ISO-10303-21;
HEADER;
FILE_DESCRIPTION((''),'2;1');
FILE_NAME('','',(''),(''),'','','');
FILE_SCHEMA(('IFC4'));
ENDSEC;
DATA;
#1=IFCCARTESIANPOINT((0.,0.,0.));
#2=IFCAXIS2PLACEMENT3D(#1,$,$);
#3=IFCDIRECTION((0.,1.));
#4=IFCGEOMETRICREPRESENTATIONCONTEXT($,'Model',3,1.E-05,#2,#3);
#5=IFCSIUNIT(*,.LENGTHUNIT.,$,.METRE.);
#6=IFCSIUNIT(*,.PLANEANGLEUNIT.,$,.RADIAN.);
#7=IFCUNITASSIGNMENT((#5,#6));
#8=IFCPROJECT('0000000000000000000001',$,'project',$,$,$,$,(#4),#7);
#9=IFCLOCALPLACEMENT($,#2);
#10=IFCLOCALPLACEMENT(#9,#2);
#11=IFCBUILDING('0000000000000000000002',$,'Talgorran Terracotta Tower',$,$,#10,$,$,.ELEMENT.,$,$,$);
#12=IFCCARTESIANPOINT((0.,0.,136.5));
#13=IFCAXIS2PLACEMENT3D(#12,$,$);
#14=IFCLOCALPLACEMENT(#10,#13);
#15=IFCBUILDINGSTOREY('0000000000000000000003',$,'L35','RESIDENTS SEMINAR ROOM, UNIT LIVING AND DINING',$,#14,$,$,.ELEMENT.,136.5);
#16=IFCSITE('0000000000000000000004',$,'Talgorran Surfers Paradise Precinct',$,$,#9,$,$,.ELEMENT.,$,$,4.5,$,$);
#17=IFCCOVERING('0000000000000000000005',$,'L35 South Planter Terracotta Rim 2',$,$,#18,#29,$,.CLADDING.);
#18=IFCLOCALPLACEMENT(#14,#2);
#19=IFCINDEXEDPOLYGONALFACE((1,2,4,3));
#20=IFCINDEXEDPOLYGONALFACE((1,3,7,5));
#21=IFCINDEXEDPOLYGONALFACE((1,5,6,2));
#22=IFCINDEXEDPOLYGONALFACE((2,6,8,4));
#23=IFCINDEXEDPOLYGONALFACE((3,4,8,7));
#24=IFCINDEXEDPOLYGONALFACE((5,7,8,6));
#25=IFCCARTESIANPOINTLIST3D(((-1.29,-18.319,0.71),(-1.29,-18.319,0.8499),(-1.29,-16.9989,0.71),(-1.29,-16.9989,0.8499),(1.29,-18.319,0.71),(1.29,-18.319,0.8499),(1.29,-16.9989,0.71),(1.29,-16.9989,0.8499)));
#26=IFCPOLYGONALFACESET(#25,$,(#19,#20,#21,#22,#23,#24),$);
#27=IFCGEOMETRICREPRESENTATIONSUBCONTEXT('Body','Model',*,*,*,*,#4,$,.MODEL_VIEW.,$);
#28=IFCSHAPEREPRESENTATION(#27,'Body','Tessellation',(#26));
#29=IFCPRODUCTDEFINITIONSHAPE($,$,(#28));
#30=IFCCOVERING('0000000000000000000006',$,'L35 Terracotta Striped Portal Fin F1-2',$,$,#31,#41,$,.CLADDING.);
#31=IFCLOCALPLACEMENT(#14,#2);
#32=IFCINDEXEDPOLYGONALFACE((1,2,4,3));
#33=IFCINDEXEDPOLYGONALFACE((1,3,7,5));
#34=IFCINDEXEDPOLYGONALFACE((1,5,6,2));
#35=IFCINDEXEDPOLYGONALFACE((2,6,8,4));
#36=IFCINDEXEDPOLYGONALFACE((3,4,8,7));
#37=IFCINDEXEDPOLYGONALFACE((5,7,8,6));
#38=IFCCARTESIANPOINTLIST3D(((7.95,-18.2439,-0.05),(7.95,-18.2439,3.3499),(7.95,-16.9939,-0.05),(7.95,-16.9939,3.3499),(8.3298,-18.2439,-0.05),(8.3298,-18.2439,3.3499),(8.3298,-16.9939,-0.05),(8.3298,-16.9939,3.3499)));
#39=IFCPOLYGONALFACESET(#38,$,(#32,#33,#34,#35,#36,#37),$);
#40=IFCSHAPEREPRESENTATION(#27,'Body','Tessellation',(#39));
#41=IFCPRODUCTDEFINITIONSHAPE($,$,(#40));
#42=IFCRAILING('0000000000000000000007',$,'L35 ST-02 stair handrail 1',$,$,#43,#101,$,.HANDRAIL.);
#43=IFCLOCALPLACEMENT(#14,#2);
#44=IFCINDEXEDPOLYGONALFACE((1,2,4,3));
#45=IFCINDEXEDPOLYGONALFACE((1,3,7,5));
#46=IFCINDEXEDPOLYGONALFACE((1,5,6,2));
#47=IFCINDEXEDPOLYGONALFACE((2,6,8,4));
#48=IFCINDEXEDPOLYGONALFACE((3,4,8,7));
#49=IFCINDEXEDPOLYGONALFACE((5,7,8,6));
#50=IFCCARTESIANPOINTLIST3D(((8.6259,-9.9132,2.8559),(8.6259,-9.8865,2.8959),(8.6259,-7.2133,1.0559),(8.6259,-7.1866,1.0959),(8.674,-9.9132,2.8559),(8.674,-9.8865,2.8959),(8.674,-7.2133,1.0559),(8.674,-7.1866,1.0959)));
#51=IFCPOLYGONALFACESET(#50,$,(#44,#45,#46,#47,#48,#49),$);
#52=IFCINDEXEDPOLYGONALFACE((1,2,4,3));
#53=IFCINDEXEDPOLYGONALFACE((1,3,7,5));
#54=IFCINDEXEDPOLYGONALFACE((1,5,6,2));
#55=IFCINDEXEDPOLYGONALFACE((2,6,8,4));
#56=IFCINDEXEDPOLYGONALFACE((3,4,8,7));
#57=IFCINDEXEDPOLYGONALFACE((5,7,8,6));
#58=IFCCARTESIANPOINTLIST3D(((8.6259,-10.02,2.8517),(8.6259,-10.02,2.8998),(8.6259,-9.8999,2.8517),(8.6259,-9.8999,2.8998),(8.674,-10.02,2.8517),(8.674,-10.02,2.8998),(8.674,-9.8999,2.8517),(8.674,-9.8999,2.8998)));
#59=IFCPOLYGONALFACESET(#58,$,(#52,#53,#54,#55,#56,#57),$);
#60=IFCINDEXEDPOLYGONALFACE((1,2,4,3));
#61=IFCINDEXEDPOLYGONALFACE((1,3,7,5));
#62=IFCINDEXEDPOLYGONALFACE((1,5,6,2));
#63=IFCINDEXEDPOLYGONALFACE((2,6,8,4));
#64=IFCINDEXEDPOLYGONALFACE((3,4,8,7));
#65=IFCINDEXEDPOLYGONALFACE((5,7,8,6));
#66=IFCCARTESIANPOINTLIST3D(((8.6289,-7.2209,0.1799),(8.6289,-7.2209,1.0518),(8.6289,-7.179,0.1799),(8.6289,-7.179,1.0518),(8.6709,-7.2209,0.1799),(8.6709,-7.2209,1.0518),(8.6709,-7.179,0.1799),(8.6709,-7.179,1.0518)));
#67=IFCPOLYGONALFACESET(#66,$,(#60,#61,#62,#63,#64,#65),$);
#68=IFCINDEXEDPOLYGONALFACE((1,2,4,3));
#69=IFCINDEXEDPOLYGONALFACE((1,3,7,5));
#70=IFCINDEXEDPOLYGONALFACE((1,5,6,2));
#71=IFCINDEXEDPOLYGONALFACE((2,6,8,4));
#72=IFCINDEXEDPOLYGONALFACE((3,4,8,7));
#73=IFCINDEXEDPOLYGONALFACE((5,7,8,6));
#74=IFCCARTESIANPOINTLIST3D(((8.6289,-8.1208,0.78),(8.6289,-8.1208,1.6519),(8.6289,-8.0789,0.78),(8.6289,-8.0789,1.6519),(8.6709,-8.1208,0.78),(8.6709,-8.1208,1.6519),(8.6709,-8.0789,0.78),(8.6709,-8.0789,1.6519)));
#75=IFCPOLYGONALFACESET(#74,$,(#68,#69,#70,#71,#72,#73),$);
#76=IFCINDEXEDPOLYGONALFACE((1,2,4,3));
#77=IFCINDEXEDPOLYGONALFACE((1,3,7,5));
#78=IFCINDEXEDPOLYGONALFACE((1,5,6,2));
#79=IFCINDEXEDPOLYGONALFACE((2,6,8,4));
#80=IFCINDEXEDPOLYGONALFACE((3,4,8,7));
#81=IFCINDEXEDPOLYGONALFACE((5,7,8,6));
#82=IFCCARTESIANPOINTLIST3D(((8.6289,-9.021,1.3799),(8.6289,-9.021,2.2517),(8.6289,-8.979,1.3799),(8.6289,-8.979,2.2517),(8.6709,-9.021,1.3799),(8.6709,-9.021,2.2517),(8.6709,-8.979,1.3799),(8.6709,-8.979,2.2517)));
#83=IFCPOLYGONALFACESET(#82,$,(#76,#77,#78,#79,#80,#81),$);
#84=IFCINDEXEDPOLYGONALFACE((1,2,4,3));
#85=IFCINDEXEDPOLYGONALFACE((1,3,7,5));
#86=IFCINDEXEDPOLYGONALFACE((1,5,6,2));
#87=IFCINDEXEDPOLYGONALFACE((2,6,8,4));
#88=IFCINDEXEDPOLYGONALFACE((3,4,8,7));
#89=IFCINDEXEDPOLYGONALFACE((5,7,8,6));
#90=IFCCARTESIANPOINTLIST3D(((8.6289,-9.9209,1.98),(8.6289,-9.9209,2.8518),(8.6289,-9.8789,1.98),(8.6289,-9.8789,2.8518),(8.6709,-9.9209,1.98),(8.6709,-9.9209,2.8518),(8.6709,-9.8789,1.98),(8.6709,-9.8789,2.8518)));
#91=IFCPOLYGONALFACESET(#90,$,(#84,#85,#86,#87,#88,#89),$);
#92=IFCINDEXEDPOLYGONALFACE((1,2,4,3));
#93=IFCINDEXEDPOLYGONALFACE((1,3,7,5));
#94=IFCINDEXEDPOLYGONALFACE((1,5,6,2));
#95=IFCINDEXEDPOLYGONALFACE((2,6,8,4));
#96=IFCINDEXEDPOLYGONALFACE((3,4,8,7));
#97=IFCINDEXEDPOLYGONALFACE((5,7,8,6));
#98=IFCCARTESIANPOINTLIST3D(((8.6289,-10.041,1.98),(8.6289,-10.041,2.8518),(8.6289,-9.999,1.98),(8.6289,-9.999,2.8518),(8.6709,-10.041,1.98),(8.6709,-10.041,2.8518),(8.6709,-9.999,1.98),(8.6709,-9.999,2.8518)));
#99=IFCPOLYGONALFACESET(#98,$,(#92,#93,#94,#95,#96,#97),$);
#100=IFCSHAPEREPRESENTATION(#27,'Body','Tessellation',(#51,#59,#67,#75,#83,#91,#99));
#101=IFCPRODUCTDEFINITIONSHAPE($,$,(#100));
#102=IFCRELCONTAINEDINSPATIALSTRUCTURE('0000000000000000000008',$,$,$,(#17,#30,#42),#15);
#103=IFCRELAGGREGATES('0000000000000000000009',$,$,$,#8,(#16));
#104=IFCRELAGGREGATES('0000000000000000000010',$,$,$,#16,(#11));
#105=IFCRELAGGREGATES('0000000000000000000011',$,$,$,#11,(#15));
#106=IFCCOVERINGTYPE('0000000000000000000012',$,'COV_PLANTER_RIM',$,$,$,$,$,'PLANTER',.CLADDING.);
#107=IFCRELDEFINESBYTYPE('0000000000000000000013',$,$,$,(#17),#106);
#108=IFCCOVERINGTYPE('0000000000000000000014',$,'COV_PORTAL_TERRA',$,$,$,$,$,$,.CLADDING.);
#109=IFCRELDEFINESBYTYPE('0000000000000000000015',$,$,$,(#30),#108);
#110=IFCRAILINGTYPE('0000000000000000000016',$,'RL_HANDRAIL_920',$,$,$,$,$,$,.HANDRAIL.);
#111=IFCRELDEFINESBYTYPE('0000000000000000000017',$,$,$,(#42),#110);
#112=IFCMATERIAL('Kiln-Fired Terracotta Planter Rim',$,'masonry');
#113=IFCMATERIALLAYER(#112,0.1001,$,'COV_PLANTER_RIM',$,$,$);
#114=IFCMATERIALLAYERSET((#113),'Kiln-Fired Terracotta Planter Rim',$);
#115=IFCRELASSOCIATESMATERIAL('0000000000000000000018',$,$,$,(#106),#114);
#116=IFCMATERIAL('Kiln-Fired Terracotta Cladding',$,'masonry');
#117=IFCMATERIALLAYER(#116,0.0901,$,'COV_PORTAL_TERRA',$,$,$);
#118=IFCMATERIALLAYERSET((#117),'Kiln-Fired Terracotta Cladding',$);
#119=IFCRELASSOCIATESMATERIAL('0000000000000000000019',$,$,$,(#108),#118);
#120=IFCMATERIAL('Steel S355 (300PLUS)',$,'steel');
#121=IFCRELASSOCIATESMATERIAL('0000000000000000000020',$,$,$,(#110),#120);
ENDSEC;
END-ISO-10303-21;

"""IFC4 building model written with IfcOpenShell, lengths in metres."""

from ifc_helpers import new_model, si_unit, direction, frame, origin, origin_2d, place, context, subcontext, project, spatial, rectangle, extrude, material, layer, layer_set, type_object, element, save


model = new_model("IFC4")

# Units and contexts
model_context = context("Model", 3, precision=1e-05, world=origin(), true_north=direction((0.0, 1.0)))
body_context = subcontext(model_context, "Body", "Model", "MODEL_VIEW")
ifc_project = project(units=[si_unit("LENGTHUNIT", "METRE"), si_unit("PLANEANGLEUNIT", "RADIAN")], contexts=[model_context])

# Site, building, storey
site_placement = place(None, origin())
site = spatial("IfcSite", under=ifc_project, at=site_placement, Name="Talgorran Surfers Paradise Precinct", CompositionType="ELEMENT", RefElevation=4.5)
building_placement = place(site_placement, origin())
building = spatial("IfcBuilding", under=site, at=building_placement, Name="Talgorran Terracotta Tower", CompositionType="ELEMENT")
storey_placement = place(building_placement, frame((0.0, 0.0, 136.5)))
storey = spatial("IfcBuildingStorey", under=building, at=storey_placement, Name="L35", Description="RESIDENTS SEMINAR ROOM, UNIT LIVING AND DINING", CompositionType="ELEMENT", Elevation=136.5)

# Coverings
ifc_material_1 = material(Name="Kiln-Fired Terracotta Planter Rim", Category="masonry")
ifc_layer_1 = layer(ifc_material_1, 0.1001, Name="COV_PLANTER_RIM")
ifc_layer_set_1 = layer_set([ifc_layer_1], Name="Kiln-Fired Terracotta Planter Rim")
covering_type_1 = type_object("IfcCoveringType", Name="COV_PLANTER_RIM", ElementType="PLANTER", PredefinedType="CLADDING", material=ifc_layer_set_1)
covering_1_placement = place(storey_placement, frame((0.0, -17.6589, 0.71), z_axis=(0.0, 0.0, 1.0), x_axis=(1.0, 0.0, 0.0)))
element("IfcCovering", 1, at=covering_1_placement, inside=storey, type_object=covering_type_1, Name="L35 South Planter Terracotta Rim 2", PredefinedType="CLADDING", context=body_context, shape_type="SweptSolid", body=[
    extrude(rectangle(XDim=2.5801, YDim=1.3201, at=origin_2d()), origin(), (0.0, 0.0, 1.0), 0.1399),
])
ifc_material_2 = material(Name="Kiln-Fired Terracotta Cladding", Category="masonry")
ifc_layer_2 = layer(ifc_material_2, 0.0901, Name="COV_PORTAL_TERRA")
ifc_layer_set_2 = layer_set([ifc_layer_2], Name="Kiln-Fired Terracotta Cladding")
covering_type_2 = type_object("IfcCoveringType", Name="COV_PORTAL_TERRA", PredefinedType="CLADDING", material=ifc_layer_set_2)
covering_2_placement = place(storey_placement, frame((8.1399, -17.6189, -0.05), z_axis=(0.0, 0.0, 1.0), x_axis=(1.0, 0.0, 0.0)))
element("IfcCovering", 2, at=covering_2_placement, inside=storey, type_object=covering_type_2, Name="L35 Terracotta Striped Portal Fin F1-2", PredefinedType="CLADDING", context=body_context, shape_type="SweptSolid", body=[
    extrude(rectangle(XDim=0.3799, YDim=1.25, at=origin_2d()), origin(), (0.0, 0.0, 1.0), 3.3999),
])

# Railing
ifc_material_3 = material(Name="Steel S355 (300PLUS)", Category="steel")
railing_type = type_object("IfcRailingType", Name="RL_HANDRAIL_920", PredefinedType="HANDRAIL", material=ifc_material_3)
railing_placement = place(storey_placement, frame((8.6499, -7.2, 0.1799)))
element("IfcRailing", 3, at=railing_placement, inside=storey, type_object=railing_type, Name="L35 ST-02 stair handrail 1", PredefinedType="HANDRAIL", context=body_context, shape_type="SweptSolid", body=[
    extrude(rectangle(XDim=0.0481, YDim=0.0481, at=origin_2d()), frame((0.0, 0.0, 0.896), z_axis=(0.0, -0.832039, 0.554718), x_axis=(1.0, 0.0, 0.0)), (0.0, 0.0, 1.0), 3.2449),
    extrude(rectangle(XDim=0.0481, YDim=0.0481, at=origin_2d()), frame((0.0, -2.7, 2.6958), z_axis=(0.0, -1.0, 0.0), x_axis=(1.0, 0.0, 0.0)), (0.0, 0.0, 1.0), 0.1201),
    extrude(rectangle(XDim=0.042, YDim=0.042, at=origin_2d()), origin(), (0.0, 0.0, 1.0), 0.8718),
    extrude(rectangle(XDim=0.042, YDim=0.042, at=origin_2d()), frame((0.0, -0.8999, 0.6001)), (0.0, 0.0, 1.0), 0.8718),
    extrude(rectangle(XDim=0.042, YDim=0.042, at=origin_2d()), frame((0.0, -1.8, 1.2)), (0.0, 0.0, 1.0), 0.8718),
    extrude(rectangle(XDim=0.042, YDim=0.042, at=origin_2d()), frame((0.0, -2.7, 1.8)), (0.0, 0.0, 1.0), 0.8718),
    extrude(rectangle(XDim=0.042, YDim=0.042, at=origin_2d()), frame((0.0, -2.8201, 1.8)), (0.0, 0.0, 1.0), 0.8718),
])

save(model, "model.ifc")
